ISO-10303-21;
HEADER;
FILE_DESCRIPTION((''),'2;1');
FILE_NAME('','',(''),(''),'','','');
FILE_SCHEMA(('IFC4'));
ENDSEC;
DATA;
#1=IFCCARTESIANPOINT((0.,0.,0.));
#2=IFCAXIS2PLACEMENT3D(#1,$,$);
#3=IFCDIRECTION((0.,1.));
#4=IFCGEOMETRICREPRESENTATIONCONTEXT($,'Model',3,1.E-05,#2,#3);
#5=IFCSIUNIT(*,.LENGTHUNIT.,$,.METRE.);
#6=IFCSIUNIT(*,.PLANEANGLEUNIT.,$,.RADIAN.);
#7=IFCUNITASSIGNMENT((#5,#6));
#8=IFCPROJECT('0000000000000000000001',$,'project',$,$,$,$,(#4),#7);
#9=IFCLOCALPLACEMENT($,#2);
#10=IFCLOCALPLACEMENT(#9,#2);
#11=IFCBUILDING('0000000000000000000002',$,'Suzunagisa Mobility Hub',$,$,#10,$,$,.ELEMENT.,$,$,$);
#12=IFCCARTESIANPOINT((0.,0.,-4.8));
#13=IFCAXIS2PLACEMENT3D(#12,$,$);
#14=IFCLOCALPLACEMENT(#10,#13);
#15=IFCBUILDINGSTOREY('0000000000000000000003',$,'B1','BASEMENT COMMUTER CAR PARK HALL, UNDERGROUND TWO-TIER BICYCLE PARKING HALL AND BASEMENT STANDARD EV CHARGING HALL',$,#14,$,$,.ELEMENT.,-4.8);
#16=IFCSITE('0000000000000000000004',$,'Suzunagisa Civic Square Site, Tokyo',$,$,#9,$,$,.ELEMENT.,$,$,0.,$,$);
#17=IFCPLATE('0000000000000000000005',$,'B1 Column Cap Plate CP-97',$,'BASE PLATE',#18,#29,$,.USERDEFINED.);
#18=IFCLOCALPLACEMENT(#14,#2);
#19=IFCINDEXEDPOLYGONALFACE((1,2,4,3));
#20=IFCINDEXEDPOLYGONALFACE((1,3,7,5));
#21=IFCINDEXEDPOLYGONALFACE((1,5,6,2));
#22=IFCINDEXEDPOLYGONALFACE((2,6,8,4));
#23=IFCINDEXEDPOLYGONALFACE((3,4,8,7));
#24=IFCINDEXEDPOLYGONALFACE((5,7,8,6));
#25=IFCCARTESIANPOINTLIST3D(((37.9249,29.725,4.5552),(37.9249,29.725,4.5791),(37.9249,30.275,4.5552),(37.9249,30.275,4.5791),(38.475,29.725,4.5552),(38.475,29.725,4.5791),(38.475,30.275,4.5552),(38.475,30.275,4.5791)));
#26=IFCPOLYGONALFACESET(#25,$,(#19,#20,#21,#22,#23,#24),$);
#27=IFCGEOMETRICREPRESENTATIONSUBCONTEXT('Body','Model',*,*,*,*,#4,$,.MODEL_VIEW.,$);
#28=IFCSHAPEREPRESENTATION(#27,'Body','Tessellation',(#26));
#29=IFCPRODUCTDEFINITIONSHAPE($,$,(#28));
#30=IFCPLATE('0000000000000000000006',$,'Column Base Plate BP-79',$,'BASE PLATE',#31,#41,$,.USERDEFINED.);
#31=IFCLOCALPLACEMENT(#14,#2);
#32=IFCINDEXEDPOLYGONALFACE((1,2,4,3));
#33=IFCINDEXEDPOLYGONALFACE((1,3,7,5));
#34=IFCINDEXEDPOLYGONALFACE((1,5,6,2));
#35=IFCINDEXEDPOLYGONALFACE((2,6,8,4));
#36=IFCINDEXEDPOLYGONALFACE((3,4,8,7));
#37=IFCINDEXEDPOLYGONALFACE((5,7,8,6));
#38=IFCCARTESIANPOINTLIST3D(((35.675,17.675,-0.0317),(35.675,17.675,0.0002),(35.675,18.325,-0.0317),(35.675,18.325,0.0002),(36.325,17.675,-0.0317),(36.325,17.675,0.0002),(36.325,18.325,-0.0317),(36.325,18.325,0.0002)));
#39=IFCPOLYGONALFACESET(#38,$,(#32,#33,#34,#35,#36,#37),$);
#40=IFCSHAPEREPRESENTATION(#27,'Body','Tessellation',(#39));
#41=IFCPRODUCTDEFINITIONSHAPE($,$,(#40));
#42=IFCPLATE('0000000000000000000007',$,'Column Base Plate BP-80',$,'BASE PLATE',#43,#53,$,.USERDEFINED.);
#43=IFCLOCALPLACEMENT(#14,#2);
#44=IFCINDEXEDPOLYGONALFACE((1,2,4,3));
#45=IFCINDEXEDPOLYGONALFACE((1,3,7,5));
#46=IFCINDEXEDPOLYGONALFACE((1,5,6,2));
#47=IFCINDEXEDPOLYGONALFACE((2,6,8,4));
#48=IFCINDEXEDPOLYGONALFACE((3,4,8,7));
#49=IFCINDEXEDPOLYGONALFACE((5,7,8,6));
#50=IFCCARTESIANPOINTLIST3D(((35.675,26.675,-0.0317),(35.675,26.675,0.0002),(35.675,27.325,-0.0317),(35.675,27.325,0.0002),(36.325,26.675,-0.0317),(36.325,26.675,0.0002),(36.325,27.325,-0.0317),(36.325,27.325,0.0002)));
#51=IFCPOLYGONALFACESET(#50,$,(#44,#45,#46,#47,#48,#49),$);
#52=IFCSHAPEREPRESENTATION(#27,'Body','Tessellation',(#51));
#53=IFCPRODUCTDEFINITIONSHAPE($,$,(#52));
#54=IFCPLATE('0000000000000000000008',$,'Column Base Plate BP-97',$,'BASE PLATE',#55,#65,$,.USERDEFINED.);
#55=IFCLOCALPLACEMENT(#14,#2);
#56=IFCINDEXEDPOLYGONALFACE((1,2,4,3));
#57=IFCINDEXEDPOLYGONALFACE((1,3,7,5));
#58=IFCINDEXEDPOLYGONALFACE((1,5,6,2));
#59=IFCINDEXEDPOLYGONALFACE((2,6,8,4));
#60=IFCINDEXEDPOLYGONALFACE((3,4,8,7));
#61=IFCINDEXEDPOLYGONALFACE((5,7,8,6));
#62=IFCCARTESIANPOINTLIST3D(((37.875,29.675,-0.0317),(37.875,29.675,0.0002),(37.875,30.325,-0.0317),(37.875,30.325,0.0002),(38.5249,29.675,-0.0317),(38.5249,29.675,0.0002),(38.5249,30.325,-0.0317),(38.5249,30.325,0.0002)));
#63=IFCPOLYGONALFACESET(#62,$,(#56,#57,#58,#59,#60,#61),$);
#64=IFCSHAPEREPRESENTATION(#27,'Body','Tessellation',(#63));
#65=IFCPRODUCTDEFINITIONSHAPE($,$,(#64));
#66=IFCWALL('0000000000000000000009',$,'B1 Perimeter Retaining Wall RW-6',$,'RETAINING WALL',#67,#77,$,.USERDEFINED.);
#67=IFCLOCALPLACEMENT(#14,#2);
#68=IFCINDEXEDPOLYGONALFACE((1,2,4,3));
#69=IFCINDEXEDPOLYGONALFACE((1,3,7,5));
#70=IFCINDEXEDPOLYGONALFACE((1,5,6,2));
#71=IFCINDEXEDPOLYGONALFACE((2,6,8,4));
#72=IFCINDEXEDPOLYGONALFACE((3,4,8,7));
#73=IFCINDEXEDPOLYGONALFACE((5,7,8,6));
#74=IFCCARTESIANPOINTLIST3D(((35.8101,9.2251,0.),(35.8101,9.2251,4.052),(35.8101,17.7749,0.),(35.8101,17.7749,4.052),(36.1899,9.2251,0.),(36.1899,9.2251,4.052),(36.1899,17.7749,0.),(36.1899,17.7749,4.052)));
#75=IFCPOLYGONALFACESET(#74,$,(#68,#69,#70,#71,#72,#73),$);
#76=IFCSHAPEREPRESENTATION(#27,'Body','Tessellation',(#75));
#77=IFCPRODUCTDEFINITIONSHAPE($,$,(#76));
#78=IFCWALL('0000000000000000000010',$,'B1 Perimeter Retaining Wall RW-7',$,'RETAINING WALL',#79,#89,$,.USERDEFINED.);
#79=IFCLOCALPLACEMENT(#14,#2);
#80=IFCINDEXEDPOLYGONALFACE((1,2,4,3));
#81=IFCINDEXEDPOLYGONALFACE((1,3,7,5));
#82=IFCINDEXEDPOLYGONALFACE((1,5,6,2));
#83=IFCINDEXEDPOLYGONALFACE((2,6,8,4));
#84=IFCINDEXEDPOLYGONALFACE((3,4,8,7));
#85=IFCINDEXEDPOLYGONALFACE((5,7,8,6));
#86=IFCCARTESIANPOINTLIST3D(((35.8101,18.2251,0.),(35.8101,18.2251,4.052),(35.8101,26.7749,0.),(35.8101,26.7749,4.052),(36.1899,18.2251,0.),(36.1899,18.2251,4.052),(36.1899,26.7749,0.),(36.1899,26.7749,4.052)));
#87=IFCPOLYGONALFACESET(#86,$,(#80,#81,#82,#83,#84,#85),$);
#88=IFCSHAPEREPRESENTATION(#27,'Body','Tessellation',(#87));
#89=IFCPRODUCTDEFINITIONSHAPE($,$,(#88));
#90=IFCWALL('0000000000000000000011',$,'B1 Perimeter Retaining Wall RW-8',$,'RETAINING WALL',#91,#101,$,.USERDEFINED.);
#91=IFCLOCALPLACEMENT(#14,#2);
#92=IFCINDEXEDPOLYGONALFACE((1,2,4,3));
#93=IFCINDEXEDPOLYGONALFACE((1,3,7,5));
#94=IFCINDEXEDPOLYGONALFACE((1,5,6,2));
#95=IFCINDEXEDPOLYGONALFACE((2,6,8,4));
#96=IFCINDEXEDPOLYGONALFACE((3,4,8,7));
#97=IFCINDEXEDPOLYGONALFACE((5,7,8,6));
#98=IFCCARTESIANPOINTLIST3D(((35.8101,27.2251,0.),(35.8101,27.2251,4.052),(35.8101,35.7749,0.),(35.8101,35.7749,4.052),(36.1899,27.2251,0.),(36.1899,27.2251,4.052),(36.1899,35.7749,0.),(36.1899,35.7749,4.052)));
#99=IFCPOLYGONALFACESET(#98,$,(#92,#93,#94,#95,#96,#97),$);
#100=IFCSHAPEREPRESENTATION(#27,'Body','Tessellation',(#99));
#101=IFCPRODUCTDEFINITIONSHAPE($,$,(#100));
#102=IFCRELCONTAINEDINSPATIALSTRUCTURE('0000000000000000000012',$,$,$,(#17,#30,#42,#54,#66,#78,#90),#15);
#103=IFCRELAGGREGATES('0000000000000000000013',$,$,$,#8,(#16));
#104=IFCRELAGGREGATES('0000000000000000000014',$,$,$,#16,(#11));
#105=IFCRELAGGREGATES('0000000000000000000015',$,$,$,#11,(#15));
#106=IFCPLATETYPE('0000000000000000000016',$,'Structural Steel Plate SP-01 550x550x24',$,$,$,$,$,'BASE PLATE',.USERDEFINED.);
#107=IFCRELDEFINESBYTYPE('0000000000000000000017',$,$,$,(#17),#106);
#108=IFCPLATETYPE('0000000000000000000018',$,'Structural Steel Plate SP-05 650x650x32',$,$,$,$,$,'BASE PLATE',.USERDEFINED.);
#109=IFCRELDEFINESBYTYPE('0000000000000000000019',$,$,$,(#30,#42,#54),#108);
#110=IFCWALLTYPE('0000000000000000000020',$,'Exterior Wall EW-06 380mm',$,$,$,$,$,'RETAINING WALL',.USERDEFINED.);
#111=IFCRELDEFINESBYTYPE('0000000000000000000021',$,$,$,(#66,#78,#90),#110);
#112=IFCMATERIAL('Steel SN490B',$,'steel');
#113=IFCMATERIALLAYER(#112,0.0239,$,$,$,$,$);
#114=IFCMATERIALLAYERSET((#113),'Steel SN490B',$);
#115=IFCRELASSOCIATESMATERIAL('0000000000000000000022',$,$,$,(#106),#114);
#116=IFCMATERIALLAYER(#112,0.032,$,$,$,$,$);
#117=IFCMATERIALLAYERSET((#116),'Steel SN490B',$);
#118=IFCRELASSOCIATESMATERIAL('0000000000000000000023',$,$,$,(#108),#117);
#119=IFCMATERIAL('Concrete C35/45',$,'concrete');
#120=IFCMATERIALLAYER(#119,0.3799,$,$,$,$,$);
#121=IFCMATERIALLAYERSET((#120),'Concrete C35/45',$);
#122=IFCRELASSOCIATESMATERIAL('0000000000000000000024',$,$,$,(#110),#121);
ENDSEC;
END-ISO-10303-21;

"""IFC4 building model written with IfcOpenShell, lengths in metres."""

from ifc_helpers import new_model, si_unit, direction, frame, frame_2d, origin, origin_2d, place, context, subcontext, project, spatial, rectangle, extrude, material, layer, layer_set, type_object, element, save


model = new_model("IFC4")

# Units and contexts
model_context = context("Model", 3, precision=1e-05, world=origin(), true_north=direction((0.0, 1.0)))
body_context = subcontext(model_context, "Body", "Model", "MODEL_VIEW")
ifc_project = project(units=[si_unit("LENGTHUNIT", "METRE"), si_unit("PLANEANGLEUNIT", "RADIAN")], contexts=[model_context])

# Site, building, storey
site_placement = place(None, origin())
site = spatial("IfcSite", under=ifc_project, at=site_placement, Name="Suzunagisa Civic Square Site, Tokyo", CompositionType="ELEMENT", RefElevation=0.0)
building_placement = place(site_placement, origin())
building = spatial("IfcBuilding", under=site, at=building_placement, Name="Suzunagisa Mobility Hub", CompositionType="ELEMENT")
storey_placement = place(building_placement, frame((0.0, 0.0, -4.8)))
storey = spatial("IfcBuildingStorey", under=building, at=storey_placement, Name="B1", Description="BASEMENT COMMUTER CAR PARK HALL, UNDERGROUND TWO-TIER BICYCLE PARKING HALL AND BASEMENT STANDARD EV CHARGING HALL", CompositionType="ELEMENT", Elevation=-4.8)

# Shared definitions
ifc_material_1 = material(Name="Steel SN490B", Category="steel")

# Plates
ifc_layer_1 = layer(ifc_material_1, 0.0239)
ifc_layer_set_1 = layer_set([ifc_layer_1], Name="Steel SN490B")
plate_type_1 = type_object("IfcPlateType", Name="Structural Steel Plate SP-01 550x550x24", ElementType="BASE PLATE", PredefinedType="USERDEFINED", material=ifc_layer_set_1)
plate_placement = place(storey_placement, frame((38.2, 30.0, 4.5552), z_axis=(0.0, 0.0, 1.0), x_axis=(1.0, 0.0, 0.0)))
element("IfcPlate", 1, at=plate_placement, inside=storey, type_object=plate_type_1, Name="B1 Column Cap Plate CP-97", ObjectType="BASE PLATE", PredefinedType="USERDEFINED", context=body_context, shape_type="SweptSolid", body=[
    extrude(rectangle(XDim=0.55, YDim=0.55, at=origin_2d()), origin(), (0.0, 0.0, 1.0), 0.0239),
])
ifc_layer_2 = layer(ifc_material_1, 0.032)
ifc_layer_set_2 = layer_set([ifc_layer_2], Name="Steel SN490B")
plate_type_2 = type_object("IfcPlateType", Name="Structural Steel Plate SP-05 650x650x32", ElementType="BASE PLATE", PredefinedType="USERDEFINED", material=ifc_layer_set_2)
for number, where, z_axis, x_axis, name in (
    (2, (36.0, 18.0, -0.0317), (0.0, 0.0, 1.0), (1.0, 0.0, 0.0), "Column Base Plate BP-79"),
    (3, (36.0, 27.0, -0.0317), (0.0, 0.0, 1.0), (1.0, 0.0, 0.0), "Column Base Plate BP-80"),
    (4, (38.2, 30.0, -0.0317), (0.0, 0.0, 1.0), (1.0, 0.0, 0.0), "Column Base Plate BP-97"),
):
    element("IfcPlate", number, at=place(storey_placement, frame(where, z_axis=z_axis, x_axis=x_axis)), inside=storey, type_object=plate_type_2, Name=name, ObjectType="BASE PLATE", PredefinedType="USERDEFINED", context=body_context, shape_type="SweptSolid", body=[
        extrude(rectangle(XDim=0.6499, YDim=0.6499, at=origin_2d()), origin(), (0.0, 0.0, 1.0), 0.032),
    ])

# Walls
ifc_material_2 = material(Name="Concrete C35/45", Category="concrete")
ifc_layer_3 = layer(ifc_material_2, 0.3799)
ifc_layer_set_3 = layer_set([ifc_layer_3], Name="Concrete C35/45")
wall_type = type_object("IfcWallType", Name="Exterior Wall EW-06 380mm", ElementType="RETAINING WALL", PredefinedType="USERDEFINED", material=ifc_layer_set_3)
for number, where, z_axis, x_axis, name in (
    (5, (36.0, 9.2251, 0.0), (0.0, 0.0, 1.0), (0.0, 1.0, 0.0), "B1 Perimeter Retaining Wall RW-6"),
    (6, (36.0, 18.2251, 0.0), (0.0, 0.0, 1.0), (0.0, 1.0, 0.0), "B1 Perimeter Retaining Wall RW-7"),
    (7, (36.0, 27.2251, 0.0), (0.0, 0.0, 1.0), (0.0, 1.0, 0.0), "B1 Perimeter Retaining Wall RW-8"),
):
    element("IfcWall", number, at=place(storey_placement, frame(where, z_axis=z_axis, x_axis=x_axis)), inside=storey, type_object=wall_type, Name=name, ObjectType="RETAINING WALL", PredefinedType="USERDEFINED", context=body_context, shape_type="SweptSolid", body=[
        extrude(rectangle(XDim=8.5498, YDim=0.3799, at=frame_2d((4.2749, 0.0))), origin(), (0.0, 0.0, 1.0), 4.052),
    ])

save(model, "model.ifc")
